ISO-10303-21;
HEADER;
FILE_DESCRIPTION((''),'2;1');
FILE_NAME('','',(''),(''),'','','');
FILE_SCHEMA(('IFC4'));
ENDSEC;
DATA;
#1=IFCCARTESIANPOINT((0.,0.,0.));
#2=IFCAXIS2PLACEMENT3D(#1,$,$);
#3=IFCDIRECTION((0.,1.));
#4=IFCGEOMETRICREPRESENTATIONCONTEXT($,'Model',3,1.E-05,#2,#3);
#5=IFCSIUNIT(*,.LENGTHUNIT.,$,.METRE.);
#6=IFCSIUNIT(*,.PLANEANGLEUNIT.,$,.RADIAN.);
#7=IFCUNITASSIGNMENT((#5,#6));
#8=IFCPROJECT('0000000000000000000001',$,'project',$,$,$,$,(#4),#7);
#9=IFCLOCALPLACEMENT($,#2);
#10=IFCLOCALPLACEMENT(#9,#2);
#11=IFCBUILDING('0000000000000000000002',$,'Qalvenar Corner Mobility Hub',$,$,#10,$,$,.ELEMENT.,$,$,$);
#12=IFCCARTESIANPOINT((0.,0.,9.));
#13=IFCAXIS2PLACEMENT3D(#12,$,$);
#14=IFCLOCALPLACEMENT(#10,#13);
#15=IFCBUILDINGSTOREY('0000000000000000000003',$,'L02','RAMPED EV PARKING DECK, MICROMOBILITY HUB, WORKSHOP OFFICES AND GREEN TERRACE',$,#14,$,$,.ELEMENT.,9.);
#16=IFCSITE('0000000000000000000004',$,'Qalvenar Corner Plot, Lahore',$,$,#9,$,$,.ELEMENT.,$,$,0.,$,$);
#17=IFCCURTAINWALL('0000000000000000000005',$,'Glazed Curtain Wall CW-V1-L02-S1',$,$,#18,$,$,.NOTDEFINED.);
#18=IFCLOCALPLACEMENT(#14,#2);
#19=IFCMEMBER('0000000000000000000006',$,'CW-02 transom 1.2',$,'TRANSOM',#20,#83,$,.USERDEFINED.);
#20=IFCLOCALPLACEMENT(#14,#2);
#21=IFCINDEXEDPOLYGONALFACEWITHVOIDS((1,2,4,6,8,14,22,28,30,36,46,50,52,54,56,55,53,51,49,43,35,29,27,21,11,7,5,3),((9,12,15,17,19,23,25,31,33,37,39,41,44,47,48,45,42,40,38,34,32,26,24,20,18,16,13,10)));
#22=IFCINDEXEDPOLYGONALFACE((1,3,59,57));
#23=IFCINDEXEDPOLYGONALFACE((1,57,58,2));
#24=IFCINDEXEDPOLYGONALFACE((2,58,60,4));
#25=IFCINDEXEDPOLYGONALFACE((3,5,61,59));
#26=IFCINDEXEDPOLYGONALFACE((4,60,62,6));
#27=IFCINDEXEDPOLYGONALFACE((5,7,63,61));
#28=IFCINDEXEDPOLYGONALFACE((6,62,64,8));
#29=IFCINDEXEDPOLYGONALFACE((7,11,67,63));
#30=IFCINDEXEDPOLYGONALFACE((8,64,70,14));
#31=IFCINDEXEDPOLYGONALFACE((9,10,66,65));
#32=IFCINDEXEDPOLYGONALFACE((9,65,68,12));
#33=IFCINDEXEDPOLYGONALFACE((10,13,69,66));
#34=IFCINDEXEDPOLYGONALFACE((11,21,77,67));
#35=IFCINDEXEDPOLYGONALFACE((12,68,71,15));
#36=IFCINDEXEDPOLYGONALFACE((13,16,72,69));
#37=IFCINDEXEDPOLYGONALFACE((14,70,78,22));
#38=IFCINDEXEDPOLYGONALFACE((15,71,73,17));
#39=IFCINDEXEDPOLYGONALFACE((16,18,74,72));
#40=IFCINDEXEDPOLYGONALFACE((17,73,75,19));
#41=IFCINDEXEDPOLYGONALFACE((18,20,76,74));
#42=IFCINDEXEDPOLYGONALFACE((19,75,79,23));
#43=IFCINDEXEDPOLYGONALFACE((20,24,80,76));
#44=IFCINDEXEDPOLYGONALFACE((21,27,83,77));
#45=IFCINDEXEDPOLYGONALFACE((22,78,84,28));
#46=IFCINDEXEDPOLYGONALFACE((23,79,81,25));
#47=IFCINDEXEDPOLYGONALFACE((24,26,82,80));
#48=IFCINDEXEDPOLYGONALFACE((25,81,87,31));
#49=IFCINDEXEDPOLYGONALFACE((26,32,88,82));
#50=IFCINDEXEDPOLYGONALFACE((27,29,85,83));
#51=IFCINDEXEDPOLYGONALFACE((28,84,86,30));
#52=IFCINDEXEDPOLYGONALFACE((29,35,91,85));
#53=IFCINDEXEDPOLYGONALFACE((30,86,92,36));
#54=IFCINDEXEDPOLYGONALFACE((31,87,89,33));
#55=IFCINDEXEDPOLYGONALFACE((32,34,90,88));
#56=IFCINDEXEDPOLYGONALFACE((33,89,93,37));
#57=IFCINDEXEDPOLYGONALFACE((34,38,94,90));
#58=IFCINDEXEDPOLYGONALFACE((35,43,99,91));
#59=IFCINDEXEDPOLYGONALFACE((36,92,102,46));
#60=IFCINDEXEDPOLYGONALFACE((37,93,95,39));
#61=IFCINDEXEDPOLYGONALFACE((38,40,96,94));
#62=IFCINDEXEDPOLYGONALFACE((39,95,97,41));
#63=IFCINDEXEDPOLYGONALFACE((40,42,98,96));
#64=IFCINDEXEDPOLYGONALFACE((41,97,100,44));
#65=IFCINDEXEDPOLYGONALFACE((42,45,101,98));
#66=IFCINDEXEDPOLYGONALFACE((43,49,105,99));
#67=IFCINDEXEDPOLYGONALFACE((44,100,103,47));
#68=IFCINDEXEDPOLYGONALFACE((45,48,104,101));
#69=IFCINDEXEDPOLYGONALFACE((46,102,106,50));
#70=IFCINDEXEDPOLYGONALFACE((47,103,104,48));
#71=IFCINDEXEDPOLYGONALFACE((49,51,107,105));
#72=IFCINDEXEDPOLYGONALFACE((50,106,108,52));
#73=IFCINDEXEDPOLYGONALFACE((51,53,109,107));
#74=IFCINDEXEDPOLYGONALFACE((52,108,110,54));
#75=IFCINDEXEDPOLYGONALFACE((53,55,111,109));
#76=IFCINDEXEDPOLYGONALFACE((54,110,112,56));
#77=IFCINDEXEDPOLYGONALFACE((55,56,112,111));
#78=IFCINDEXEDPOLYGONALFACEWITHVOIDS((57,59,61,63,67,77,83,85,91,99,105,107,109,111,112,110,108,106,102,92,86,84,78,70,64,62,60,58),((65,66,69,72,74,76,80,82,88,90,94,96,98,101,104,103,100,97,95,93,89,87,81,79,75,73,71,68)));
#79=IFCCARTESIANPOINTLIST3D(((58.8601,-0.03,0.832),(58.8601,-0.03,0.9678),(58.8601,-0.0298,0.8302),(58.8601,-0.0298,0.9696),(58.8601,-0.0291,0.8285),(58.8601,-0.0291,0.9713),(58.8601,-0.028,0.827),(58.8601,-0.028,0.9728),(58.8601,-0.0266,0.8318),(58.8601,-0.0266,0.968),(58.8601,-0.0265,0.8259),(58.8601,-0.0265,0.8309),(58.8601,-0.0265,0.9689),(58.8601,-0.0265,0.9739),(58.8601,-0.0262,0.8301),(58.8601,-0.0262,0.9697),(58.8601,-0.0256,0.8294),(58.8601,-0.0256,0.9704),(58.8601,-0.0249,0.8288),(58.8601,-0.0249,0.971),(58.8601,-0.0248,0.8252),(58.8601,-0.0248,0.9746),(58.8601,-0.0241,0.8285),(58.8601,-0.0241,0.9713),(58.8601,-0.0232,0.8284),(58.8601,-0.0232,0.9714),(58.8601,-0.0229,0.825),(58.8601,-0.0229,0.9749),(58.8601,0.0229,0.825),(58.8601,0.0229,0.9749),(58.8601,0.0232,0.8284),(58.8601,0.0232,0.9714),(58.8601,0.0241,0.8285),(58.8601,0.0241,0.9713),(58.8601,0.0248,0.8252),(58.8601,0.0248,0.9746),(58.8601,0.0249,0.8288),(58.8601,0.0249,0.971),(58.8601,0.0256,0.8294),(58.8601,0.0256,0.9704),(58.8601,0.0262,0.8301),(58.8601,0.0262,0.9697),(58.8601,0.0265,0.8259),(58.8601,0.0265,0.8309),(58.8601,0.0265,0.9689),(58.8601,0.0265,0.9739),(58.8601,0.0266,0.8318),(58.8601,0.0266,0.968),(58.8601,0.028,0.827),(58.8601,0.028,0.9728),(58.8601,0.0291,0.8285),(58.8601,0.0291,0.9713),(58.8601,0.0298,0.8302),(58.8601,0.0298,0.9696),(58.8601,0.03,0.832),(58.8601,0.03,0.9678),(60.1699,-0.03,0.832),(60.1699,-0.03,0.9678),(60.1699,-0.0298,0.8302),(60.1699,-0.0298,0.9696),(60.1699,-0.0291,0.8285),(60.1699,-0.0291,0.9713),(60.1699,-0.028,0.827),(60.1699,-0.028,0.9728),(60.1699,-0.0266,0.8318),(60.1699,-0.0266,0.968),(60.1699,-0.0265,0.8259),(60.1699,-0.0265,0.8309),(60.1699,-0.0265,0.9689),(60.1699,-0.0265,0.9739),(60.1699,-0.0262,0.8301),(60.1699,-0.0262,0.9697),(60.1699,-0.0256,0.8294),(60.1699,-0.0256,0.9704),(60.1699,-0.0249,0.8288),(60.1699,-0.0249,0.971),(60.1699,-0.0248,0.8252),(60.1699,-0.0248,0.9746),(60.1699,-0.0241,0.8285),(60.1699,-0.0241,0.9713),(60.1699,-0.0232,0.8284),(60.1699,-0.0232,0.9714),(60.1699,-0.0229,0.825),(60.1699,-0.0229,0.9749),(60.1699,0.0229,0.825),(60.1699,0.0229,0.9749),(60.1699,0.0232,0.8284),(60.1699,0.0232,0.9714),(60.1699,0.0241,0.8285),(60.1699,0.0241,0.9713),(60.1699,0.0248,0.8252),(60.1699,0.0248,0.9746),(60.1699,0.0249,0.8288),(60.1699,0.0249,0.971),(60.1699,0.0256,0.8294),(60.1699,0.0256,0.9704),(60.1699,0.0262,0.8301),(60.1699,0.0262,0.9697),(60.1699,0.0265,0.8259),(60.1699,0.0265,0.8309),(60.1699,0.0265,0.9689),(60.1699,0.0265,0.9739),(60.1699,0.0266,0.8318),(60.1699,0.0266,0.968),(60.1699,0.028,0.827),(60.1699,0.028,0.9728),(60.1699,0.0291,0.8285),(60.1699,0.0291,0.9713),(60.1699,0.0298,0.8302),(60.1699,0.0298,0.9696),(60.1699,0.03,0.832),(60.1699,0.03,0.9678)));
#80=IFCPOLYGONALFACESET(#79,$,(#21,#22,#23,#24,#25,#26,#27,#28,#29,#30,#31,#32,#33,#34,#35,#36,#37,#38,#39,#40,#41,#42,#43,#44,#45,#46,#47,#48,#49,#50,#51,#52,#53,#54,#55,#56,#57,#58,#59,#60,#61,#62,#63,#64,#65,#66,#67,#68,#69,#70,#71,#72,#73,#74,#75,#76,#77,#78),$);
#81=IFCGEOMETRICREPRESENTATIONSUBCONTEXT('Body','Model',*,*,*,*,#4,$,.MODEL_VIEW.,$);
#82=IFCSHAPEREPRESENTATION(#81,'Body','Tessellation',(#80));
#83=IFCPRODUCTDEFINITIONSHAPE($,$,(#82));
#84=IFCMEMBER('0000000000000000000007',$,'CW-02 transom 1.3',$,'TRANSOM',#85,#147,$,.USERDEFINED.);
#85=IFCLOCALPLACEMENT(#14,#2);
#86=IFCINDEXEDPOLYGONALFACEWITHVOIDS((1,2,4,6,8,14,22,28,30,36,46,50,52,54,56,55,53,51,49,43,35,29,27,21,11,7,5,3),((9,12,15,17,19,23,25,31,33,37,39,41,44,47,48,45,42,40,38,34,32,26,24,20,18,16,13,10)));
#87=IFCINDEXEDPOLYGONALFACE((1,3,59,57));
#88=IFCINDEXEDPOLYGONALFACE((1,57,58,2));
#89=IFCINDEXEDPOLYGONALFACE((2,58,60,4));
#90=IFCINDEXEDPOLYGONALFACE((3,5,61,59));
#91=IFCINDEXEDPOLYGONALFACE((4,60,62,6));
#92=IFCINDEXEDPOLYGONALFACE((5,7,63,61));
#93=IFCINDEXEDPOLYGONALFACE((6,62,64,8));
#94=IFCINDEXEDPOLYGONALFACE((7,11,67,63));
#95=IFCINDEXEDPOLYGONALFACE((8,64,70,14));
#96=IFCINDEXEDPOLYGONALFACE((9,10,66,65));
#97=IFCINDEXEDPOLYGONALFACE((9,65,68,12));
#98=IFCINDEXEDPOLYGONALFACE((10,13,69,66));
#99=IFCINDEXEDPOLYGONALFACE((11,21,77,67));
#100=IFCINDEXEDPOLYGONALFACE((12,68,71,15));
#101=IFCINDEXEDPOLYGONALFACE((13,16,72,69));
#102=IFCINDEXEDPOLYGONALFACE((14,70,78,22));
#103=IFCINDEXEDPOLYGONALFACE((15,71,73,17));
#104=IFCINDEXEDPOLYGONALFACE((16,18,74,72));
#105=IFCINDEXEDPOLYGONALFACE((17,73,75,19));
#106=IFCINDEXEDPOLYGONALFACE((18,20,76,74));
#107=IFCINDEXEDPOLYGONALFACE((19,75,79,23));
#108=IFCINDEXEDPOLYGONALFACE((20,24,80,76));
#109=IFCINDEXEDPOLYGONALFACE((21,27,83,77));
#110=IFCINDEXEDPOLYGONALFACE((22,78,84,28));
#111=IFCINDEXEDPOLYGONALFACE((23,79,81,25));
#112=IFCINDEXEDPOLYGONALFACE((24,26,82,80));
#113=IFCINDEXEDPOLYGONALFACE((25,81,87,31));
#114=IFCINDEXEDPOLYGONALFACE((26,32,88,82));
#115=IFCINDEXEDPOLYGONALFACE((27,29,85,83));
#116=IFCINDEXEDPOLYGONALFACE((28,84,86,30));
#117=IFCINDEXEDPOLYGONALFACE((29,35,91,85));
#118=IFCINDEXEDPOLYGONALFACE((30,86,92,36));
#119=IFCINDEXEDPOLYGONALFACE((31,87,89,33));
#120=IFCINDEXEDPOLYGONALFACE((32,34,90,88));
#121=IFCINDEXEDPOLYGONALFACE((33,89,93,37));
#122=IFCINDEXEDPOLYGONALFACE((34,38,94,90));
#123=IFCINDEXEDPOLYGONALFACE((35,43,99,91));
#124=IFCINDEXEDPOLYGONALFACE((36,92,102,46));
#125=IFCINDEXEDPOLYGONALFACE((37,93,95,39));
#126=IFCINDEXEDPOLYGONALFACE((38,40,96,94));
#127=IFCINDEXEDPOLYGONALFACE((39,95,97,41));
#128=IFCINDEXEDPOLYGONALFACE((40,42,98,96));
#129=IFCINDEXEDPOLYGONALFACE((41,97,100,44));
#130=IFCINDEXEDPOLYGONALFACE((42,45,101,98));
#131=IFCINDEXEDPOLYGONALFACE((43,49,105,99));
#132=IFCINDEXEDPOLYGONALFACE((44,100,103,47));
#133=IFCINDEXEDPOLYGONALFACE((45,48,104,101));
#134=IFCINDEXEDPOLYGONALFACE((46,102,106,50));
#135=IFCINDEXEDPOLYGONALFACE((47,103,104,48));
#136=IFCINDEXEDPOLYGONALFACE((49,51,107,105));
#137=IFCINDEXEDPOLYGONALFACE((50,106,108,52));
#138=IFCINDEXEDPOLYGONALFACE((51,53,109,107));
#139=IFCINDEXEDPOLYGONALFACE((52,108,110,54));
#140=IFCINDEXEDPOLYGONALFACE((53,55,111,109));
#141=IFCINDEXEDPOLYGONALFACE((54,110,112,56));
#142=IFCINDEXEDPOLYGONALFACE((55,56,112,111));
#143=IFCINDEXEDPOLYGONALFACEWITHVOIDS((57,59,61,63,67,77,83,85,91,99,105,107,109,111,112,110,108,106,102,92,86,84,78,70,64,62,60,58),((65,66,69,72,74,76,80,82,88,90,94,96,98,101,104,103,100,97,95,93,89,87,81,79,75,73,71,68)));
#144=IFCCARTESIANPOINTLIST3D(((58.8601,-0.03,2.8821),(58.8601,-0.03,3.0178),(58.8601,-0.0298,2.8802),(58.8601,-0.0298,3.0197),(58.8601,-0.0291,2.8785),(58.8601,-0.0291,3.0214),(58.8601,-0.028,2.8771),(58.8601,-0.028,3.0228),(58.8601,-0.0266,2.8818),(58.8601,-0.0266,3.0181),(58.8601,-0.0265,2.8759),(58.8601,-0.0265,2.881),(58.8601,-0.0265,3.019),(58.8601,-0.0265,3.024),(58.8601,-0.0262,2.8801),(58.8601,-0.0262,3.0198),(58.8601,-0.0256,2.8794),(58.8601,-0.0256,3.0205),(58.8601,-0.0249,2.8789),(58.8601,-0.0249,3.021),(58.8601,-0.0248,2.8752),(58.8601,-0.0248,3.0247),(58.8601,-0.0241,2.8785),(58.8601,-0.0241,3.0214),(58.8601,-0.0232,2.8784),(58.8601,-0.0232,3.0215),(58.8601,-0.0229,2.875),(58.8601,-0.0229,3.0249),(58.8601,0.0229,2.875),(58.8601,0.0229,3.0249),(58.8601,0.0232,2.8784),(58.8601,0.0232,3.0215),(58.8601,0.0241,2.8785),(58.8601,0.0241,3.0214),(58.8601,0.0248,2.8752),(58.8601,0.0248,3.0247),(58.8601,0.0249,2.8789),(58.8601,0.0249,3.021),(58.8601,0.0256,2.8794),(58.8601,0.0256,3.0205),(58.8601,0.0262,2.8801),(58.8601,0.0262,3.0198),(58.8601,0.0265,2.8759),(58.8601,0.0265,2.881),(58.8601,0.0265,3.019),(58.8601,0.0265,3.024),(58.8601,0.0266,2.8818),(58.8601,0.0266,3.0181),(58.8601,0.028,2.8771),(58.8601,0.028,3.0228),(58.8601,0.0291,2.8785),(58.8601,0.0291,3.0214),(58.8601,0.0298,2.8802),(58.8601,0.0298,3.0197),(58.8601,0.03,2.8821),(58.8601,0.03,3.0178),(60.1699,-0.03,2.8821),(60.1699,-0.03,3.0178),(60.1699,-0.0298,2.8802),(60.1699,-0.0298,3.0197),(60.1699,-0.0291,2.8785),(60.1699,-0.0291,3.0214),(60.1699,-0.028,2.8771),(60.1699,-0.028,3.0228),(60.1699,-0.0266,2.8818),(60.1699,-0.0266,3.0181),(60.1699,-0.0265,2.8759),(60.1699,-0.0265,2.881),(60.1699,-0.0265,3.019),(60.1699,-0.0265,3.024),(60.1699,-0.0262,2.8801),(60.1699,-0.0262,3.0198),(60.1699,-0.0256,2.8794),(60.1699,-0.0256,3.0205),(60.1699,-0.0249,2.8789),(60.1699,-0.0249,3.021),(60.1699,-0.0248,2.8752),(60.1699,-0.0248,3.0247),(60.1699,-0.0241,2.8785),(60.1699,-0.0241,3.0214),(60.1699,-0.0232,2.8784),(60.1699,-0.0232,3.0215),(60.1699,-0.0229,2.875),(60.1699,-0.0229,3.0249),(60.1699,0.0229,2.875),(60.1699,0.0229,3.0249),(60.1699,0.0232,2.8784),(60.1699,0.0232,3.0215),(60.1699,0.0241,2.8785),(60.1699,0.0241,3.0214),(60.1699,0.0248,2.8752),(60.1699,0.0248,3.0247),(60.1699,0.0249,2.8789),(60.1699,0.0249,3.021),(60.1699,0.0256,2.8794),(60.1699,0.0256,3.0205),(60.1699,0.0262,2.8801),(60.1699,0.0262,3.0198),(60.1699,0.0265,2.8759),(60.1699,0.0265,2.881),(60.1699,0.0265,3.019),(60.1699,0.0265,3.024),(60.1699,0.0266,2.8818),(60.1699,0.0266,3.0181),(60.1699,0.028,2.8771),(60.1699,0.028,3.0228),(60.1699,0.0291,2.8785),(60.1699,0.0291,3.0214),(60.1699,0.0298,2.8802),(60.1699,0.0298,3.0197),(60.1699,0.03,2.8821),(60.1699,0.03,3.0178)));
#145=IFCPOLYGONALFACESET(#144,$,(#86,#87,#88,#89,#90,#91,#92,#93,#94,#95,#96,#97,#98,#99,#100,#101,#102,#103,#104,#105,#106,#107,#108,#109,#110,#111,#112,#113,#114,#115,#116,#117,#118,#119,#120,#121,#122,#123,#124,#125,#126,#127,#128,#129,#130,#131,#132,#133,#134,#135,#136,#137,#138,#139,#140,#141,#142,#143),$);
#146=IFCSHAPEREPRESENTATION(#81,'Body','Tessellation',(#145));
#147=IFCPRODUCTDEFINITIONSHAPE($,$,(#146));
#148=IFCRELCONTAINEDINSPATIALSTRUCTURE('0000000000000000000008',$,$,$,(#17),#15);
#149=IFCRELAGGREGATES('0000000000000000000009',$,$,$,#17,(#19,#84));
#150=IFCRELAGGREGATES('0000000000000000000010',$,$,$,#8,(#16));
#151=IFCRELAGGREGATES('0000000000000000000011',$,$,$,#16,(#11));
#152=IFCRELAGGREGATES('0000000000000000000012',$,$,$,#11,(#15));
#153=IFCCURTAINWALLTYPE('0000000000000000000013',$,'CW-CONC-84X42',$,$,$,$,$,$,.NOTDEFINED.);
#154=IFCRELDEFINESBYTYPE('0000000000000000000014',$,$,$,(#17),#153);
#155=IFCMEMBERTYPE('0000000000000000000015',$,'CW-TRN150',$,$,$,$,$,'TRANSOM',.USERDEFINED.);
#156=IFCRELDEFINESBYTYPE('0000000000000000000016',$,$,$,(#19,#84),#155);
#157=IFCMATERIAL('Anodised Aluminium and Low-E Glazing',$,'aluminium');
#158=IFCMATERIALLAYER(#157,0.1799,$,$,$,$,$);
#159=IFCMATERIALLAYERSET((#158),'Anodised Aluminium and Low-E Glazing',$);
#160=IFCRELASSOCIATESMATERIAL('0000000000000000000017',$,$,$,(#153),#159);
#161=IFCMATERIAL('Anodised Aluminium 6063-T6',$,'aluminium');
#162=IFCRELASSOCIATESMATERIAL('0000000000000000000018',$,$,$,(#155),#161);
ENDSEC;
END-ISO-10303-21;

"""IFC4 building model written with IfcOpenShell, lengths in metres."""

from ifc_helpers import new_model, si_unit, direction, frame, origin, origin_2d, place, context, subcontext, project, spatial, hollow_rectangle, extrude, material, layer, layer_set, material_profile, profile_set, type_object, element, aggregate, save


model = new_model("IFC4")

# Units and contexts
model_context = context("Model", 3, precision=1e-05, world=origin(), true_north=direction((0.0, 1.0)))
body_context = subcontext(model_context, "Body", "Model", "MODEL_VIEW")
ifc_project = project(units=[si_unit("LENGTHUNIT", "METRE"), si_unit("PLANEANGLEUNIT", "RADIAN")], contexts=[model_context])

# Site, building, storey
site_placement = place(None, origin())
site = spatial("IfcSite", under=ifc_project, at=site_placement, Name="Qalvenar Corner Plot, Lahore", CompositionType="ELEMENT", RefElevation=0.0)
building_placement = place(site_placement, origin())
building = spatial("IfcBuilding", under=site, at=building_placement, Name="Qalvenar Corner Mobility Hub", CompositionType="ELEMENT")
storey_placement = place(building_placement, frame((0.0, 0.0, 9.0)))
storey = spatial("IfcBuildingStorey", under=building, at=storey_placement, Name="L02", Description="RAMPED EV PARKING DECK, MICROMOBILITY HUB, WORKSHOP OFFICES AND GREEN TERRACE", CompositionType="ELEMENT", Elevation=9.0)

# Shared definitions
ifc_material_1 = material(Name="Anodised Aluminium and Low-E Glazing", Category="aluminium")
ifc_layer_1 = layer(ifc_material_1, 0.1799)
ifc_layer_set_1 = layer_set([ifc_layer_1], Name="Anodised Aluminium and Low-E Glazing")
curtain_wall_type = type_object("IfcCurtainWallType", Name="CW-CONC-84X42", PredefinedType="NOTDEFINED", material=ifc_layer_set_1)
ifc_material_2 = material(Name="Anodised Aluminium 6063-T6", Category="aluminium")

# Curtain wall
curtain_wall_1_placement = place(storey_placement, origin())
curtain_wall_1 = element("IfcCurtainWall", 1, at=curtain_wall_1_placement, inside=storey, type_object=curtain_wall_type, Name="Glazed Curtain Wall CW-V1-L02-S1", PredefinedType="NOTDEFINED")

# Members
ifc_material_profile_1 = material_profile(ifc_material_2, hollow_rectangle(XDim=0.0601, YDim=0.1499, WallThickness=0.0034, InnerFilletRadius=0.0034, OuterFilletRadius=0.0071, at=origin_2d()), Name="RHS150x60x3.5")
ifc_profile_set_1 = profile_set([ifc_material_profile_1], Name="Anodised Aluminium 6063-T6")
member_type_1 = type_object("IfcMemberType", Name="CW-TRN150", ElementType="TRANSOM", PredefinedType="USERDEFINED", material=ifc_profile_set_1)
member_1_placement = place(storey_placement, frame((58.8601, 0.0, 0.8999), z_axis=(1.0, 0.0, 0.0), x_axis=(0.0, 1.0, 0.0)))
member_1 = element("IfcMember", 2, at=member_1_placement, type_object=member_type_1, Name="CW-02 transom 1.2", ObjectType="TRANSOM", PredefinedType="USERDEFINED", context=body_context, shape_type="SweptSolid", body=[
    extrude(hollow_rectangle(XDim=0.0601, YDim=0.1499, WallThickness=0.0034, InnerFilletRadius=0.0034, OuterFilletRadius=0.0071, at=origin_2d()), origin(), (0.0, 0.0, 1.0), 1.3098),
])
member_2_placement = place(storey_placement, frame((58.8601, 0.0, 2.95), z_axis=(1.0, 0.0, 0.0), x_axis=(0.0, 1.0, 0.0)))
member_2 = element("IfcMember", 3, at=member_2_placement, type_object=member_type_1, Name="CW-02 transom 1.3", ObjectType="TRANSOM", PredefinedType="USERDEFINED", context=body_context, shape_type="SweptSolid", body=[
    extrude(hollow_rectangle(XDim=0.0601, YDim=0.1499, WallThickness=0.0034, InnerFilletRadius=0.0034, OuterFilletRadius=0.0071, at=origin_2d()), origin(), (0.0, 0.0, 1.0), 1.3098),
])
aggregate(curtain_wall_1, [member_1, member_2])

save(model, "model.ifc")
